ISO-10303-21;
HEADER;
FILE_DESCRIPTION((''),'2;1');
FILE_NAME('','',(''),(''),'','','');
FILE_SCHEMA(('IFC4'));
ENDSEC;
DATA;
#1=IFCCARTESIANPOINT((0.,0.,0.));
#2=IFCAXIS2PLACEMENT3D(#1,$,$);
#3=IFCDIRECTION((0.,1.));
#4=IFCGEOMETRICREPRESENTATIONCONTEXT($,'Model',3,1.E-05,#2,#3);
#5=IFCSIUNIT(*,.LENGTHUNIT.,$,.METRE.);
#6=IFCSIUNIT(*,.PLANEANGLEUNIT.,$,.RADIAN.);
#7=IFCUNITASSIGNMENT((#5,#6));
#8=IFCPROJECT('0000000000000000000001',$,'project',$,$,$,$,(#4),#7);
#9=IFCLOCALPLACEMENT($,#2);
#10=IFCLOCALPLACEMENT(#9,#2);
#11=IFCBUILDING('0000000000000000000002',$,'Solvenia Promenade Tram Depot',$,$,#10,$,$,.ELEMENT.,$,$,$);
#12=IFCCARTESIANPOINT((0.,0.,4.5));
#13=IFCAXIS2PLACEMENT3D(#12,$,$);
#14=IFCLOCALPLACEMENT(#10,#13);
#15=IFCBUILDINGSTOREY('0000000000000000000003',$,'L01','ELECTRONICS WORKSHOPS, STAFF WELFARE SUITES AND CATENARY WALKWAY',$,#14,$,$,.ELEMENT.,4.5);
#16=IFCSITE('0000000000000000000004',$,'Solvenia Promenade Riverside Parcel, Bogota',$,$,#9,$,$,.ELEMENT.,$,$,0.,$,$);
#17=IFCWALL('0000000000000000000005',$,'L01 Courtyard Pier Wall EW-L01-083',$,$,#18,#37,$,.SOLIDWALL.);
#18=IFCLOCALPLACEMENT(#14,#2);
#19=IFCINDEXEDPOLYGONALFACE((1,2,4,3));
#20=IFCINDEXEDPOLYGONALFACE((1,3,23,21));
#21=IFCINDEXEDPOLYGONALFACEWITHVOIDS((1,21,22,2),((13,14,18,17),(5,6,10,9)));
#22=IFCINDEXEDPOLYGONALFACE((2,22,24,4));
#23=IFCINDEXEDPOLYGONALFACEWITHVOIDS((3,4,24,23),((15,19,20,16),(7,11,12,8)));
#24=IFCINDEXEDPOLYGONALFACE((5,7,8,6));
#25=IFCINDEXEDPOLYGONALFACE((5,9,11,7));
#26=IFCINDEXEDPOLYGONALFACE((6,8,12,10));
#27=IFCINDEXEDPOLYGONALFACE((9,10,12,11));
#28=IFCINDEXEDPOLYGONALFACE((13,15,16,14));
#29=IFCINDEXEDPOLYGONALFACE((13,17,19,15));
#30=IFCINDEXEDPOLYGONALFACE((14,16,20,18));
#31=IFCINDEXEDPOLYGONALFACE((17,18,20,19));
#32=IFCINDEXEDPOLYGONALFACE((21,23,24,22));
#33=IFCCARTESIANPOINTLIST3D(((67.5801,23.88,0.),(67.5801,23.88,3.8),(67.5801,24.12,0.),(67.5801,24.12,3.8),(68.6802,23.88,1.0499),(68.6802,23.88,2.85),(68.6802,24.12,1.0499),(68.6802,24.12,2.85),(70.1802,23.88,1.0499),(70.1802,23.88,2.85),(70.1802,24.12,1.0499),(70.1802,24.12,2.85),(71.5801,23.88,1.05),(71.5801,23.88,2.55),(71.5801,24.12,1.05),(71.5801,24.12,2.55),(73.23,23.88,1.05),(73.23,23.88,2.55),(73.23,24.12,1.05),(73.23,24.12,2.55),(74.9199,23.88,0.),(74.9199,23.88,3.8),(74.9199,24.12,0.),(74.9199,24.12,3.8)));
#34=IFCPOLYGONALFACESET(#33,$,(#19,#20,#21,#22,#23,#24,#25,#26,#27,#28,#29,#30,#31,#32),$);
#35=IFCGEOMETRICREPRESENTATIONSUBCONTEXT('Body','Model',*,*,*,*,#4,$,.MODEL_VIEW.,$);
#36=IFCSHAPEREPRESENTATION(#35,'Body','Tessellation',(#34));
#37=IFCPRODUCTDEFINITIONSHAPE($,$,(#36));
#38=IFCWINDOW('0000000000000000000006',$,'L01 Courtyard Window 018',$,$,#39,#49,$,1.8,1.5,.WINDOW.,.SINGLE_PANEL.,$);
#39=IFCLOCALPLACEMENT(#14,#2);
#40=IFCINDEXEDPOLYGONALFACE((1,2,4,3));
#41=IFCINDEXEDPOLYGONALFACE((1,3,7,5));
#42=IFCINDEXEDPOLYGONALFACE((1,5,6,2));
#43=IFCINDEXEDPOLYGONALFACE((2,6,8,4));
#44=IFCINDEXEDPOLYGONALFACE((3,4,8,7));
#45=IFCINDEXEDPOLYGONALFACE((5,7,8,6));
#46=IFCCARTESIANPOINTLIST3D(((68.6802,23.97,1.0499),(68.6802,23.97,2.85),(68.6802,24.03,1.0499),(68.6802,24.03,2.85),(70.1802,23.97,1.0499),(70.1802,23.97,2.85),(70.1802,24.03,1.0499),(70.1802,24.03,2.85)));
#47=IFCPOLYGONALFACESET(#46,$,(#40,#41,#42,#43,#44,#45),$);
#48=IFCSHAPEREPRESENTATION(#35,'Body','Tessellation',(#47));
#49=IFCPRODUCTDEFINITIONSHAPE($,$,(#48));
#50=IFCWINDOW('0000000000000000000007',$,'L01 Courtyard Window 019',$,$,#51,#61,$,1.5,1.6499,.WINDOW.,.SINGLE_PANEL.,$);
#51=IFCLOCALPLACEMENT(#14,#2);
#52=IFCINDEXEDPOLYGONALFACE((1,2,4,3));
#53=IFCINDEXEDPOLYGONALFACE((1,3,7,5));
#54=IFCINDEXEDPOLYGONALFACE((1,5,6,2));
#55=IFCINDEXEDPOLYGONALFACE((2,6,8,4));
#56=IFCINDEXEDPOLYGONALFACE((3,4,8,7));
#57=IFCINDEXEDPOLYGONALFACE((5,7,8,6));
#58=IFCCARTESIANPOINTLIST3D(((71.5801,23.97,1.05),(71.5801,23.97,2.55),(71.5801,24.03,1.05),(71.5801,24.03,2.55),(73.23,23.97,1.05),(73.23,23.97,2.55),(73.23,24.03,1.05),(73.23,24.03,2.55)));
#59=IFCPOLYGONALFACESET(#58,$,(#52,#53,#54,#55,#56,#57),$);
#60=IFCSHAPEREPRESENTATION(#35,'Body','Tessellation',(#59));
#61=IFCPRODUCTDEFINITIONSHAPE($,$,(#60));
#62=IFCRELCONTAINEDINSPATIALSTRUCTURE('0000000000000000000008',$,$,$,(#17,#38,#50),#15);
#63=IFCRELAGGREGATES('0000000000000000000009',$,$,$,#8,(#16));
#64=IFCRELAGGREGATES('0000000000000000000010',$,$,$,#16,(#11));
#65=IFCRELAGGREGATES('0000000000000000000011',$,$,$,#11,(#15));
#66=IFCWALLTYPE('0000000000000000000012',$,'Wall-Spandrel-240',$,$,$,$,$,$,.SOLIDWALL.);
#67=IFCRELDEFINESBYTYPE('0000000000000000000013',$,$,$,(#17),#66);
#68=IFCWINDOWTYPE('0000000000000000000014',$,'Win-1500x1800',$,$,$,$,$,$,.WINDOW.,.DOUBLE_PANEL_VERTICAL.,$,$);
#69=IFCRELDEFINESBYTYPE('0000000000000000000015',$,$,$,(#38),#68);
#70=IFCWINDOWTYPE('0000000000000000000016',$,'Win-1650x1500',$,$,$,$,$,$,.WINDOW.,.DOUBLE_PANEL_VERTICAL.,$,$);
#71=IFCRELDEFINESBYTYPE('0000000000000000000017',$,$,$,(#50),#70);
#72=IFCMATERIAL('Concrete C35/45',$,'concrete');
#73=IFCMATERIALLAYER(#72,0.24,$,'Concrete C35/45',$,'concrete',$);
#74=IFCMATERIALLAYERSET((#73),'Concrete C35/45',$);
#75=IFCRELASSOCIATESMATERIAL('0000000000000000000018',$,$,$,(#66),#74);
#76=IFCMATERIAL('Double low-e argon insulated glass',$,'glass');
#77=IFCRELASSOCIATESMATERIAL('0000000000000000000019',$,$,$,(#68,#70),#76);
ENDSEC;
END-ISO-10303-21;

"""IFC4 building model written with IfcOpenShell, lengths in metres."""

from ifc_helpers import new_model, si_unit, direction, frame, frame_2d, origin, place, context, subcontext, project, spatial, rectangle, extrude, material, layer, layer_set, type_object, element, fill, save


model = new_model("IFC4")

# Units and contexts
model_context = context("Model", 3, precision=1e-05, world=origin(), true_north=direction((0.0, 1.0)))
body_context = subcontext(model_context, "Body", "Model", "MODEL_VIEW")
ifc_project = project(units=[si_unit("LENGTHUNIT", "METRE"), si_unit("PLANEANGLEUNIT", "RADIAN")], contexts=[model_context])

# Site, building, storey
site_placement = place(None, origin())
site = spatial("IfcSite", under=ifc_project, at=site_placement, Name="Solvenia Promenade Riverside Parcel, Bogota", CompositionType="ELEMENT", RefElevation=0.0)
building_placement = place(site_placement, origin())
building = spatial("IfcBuilding", under=site, at=building_placement, Name="Solvenia Promenade Tram Depot", CompositionType="ELEMENT")
storey_placement = place(building_placement, frame((0.0, 0.0, 4.5)))
storey = spatial("IfcBuildingStorey", under=building, at=storey_placement, Name="L01", Description="ELECTRONICS WORKSHOPS, STAFF WELFARE SUITES AND CATENARY WALKWAY", CompositionType="ELEMENT", Elevation=4.5)

# Shared definitions
ifc_material_1 = material(Name="Double low-e argon insulated glass", Category="glass")

# Wall, openings, windows
ifc_material_2 = material(Name="Concrete C35/45", Category="concrete")
ifc_layer_1 = layer(ifc_material_2, 0.24, Name="Concrete C35/45", Category="concrete")
ifc_layer_set_1 = layer_set([ifc_layer_1], Name="Concrete C35/45")
wall_type = type_object("IfcWallType", Name="Wall-Spandrel-240", PredefinedType="SOLIDWALL", material=ifc_layer_set_1)
wall_placement = place(storey_placement, frame((67.5801, 24.0, 0.0), z_axis=(0.0, 0.0, 1.0), x_axis=(1.0, 0.0, 0.0)))
wall = element("IfcWall", 1, at=wall_placement, inside=storey, type_object=wall_type, Name="L01 Courtyard Pier Wall EW-L01-083", PredefinedType="SOLIDWALL", context=body_context, shape_type="SweptSolid", body=[
    extrude(rectangle(XDim=7.3398, YDim=0.24, at=frame_2d((3.6699, 0.0))), origin(), (0.0, 0.0, 1.0), 3.8),
])
opening_1_placement = place(wall_placement, frame((1.1001, 0.0, 1.05)))
opening_1 = element("IfcOpeningElement", 2, at=opening_1_placement, cuts=wall, PredefinedType="OPENING", context=body_context, shape_type="SweptSolid", body=[
    extrude(rectangle(XDim=1.5, YDim=1.8, at=frame_2d((0.75, 0.8999))), frame((0.0, 0.1299, 0.0), z_axis=(0.0, -1.0, 0.0), x_axis=(1.0, 0.0, 0.0)), (0.0, 0.0, 1.0), 0.26),
])
opening_2_placement = place(wall_placement, frame((4.0, 0.0, 1.05)))
opening_2 = element("IfcOpeningElement", 3, at=opening_2_placement, cuts=wall, PredefinedType="OPENING", context=body_context, shape_type="SweptSolid", body=[
    extrude(rectangle(XDim=1.6499, YDim=1.5, at=frame_2d((0.825, 0.75))), frame((0.0, 0.1299, 0.0), z_axis=(0.0, -1.0, 0.0), x_axis=(1.0, 0.0, 0.0)), (0.0, 0.0, 1.0), 0.26),
])
window_type_1 = type_object("IfcWindowType", Name="Win-1500x1800", PartitioningType="DOUBLE_PANEL_VERTICAL", PredefinedType="WINDOW", material=ifc_material_1)
window_1_placement = place(opening_1_placement, origin())
window_1 = element("IfcWindow", 4, at=window_1_placement, inside=storey, type_object=window_type_1, Name="L01 Courtyard Window 018", OverallHeight=1.8, OverallWidth=1.5, PartitioningType="SINGLE_PANEL", PredefinedType="WINDOW", context=body_context, shape_type="SweptSolid", body=[
    extrude(rectangle(XDim=1.5, YDim=1.8, at=frame_2d((0.75, 0.8999))), frame((0.0, 0.03, 0.0), z_axis=(0.0, -1.0, 0.0), x_axis=(1.0, 0.0, 0.0)), (0.0, 0.0, 1.0), 0.0601),
])
fill(opening_1, window_1)
window_type_2 = type_object("IfcWindowType", Name="Win-1650x1500", PartitioningType="DOUBLE_PANEL_VERTICAL", PredefinedType="WINDOW", material=ifc_material_1)
window_2_placement = place(opening_2_placement, origin())
window_2 = element("IfcWindow", 5, at=window_2_placement, inside=storey, type_object=window_type_2, Name="L01 Courtyard Window 019", OverallHeight=1.5, OverallWidth=1.6499, PartitioningType="SINGLE_PANEL", PredefinedType="WINDOW", context=body_context, shape_type="SweptSolid", body=[
    extrude(rectangle(XDim=1.6499, YDim=1.5, at=frame_2d((0.825, 0.75))), frame((0.0, 0.03, 0.0), z_axis=(0.0, -1.0, 0.0), x_axis=(1.0, 0.0, 0.0)), (0.0, 0.0, 1.0), 0.0601),
])
fill(opening_2, window_2)

save(model, "model.ifc")
